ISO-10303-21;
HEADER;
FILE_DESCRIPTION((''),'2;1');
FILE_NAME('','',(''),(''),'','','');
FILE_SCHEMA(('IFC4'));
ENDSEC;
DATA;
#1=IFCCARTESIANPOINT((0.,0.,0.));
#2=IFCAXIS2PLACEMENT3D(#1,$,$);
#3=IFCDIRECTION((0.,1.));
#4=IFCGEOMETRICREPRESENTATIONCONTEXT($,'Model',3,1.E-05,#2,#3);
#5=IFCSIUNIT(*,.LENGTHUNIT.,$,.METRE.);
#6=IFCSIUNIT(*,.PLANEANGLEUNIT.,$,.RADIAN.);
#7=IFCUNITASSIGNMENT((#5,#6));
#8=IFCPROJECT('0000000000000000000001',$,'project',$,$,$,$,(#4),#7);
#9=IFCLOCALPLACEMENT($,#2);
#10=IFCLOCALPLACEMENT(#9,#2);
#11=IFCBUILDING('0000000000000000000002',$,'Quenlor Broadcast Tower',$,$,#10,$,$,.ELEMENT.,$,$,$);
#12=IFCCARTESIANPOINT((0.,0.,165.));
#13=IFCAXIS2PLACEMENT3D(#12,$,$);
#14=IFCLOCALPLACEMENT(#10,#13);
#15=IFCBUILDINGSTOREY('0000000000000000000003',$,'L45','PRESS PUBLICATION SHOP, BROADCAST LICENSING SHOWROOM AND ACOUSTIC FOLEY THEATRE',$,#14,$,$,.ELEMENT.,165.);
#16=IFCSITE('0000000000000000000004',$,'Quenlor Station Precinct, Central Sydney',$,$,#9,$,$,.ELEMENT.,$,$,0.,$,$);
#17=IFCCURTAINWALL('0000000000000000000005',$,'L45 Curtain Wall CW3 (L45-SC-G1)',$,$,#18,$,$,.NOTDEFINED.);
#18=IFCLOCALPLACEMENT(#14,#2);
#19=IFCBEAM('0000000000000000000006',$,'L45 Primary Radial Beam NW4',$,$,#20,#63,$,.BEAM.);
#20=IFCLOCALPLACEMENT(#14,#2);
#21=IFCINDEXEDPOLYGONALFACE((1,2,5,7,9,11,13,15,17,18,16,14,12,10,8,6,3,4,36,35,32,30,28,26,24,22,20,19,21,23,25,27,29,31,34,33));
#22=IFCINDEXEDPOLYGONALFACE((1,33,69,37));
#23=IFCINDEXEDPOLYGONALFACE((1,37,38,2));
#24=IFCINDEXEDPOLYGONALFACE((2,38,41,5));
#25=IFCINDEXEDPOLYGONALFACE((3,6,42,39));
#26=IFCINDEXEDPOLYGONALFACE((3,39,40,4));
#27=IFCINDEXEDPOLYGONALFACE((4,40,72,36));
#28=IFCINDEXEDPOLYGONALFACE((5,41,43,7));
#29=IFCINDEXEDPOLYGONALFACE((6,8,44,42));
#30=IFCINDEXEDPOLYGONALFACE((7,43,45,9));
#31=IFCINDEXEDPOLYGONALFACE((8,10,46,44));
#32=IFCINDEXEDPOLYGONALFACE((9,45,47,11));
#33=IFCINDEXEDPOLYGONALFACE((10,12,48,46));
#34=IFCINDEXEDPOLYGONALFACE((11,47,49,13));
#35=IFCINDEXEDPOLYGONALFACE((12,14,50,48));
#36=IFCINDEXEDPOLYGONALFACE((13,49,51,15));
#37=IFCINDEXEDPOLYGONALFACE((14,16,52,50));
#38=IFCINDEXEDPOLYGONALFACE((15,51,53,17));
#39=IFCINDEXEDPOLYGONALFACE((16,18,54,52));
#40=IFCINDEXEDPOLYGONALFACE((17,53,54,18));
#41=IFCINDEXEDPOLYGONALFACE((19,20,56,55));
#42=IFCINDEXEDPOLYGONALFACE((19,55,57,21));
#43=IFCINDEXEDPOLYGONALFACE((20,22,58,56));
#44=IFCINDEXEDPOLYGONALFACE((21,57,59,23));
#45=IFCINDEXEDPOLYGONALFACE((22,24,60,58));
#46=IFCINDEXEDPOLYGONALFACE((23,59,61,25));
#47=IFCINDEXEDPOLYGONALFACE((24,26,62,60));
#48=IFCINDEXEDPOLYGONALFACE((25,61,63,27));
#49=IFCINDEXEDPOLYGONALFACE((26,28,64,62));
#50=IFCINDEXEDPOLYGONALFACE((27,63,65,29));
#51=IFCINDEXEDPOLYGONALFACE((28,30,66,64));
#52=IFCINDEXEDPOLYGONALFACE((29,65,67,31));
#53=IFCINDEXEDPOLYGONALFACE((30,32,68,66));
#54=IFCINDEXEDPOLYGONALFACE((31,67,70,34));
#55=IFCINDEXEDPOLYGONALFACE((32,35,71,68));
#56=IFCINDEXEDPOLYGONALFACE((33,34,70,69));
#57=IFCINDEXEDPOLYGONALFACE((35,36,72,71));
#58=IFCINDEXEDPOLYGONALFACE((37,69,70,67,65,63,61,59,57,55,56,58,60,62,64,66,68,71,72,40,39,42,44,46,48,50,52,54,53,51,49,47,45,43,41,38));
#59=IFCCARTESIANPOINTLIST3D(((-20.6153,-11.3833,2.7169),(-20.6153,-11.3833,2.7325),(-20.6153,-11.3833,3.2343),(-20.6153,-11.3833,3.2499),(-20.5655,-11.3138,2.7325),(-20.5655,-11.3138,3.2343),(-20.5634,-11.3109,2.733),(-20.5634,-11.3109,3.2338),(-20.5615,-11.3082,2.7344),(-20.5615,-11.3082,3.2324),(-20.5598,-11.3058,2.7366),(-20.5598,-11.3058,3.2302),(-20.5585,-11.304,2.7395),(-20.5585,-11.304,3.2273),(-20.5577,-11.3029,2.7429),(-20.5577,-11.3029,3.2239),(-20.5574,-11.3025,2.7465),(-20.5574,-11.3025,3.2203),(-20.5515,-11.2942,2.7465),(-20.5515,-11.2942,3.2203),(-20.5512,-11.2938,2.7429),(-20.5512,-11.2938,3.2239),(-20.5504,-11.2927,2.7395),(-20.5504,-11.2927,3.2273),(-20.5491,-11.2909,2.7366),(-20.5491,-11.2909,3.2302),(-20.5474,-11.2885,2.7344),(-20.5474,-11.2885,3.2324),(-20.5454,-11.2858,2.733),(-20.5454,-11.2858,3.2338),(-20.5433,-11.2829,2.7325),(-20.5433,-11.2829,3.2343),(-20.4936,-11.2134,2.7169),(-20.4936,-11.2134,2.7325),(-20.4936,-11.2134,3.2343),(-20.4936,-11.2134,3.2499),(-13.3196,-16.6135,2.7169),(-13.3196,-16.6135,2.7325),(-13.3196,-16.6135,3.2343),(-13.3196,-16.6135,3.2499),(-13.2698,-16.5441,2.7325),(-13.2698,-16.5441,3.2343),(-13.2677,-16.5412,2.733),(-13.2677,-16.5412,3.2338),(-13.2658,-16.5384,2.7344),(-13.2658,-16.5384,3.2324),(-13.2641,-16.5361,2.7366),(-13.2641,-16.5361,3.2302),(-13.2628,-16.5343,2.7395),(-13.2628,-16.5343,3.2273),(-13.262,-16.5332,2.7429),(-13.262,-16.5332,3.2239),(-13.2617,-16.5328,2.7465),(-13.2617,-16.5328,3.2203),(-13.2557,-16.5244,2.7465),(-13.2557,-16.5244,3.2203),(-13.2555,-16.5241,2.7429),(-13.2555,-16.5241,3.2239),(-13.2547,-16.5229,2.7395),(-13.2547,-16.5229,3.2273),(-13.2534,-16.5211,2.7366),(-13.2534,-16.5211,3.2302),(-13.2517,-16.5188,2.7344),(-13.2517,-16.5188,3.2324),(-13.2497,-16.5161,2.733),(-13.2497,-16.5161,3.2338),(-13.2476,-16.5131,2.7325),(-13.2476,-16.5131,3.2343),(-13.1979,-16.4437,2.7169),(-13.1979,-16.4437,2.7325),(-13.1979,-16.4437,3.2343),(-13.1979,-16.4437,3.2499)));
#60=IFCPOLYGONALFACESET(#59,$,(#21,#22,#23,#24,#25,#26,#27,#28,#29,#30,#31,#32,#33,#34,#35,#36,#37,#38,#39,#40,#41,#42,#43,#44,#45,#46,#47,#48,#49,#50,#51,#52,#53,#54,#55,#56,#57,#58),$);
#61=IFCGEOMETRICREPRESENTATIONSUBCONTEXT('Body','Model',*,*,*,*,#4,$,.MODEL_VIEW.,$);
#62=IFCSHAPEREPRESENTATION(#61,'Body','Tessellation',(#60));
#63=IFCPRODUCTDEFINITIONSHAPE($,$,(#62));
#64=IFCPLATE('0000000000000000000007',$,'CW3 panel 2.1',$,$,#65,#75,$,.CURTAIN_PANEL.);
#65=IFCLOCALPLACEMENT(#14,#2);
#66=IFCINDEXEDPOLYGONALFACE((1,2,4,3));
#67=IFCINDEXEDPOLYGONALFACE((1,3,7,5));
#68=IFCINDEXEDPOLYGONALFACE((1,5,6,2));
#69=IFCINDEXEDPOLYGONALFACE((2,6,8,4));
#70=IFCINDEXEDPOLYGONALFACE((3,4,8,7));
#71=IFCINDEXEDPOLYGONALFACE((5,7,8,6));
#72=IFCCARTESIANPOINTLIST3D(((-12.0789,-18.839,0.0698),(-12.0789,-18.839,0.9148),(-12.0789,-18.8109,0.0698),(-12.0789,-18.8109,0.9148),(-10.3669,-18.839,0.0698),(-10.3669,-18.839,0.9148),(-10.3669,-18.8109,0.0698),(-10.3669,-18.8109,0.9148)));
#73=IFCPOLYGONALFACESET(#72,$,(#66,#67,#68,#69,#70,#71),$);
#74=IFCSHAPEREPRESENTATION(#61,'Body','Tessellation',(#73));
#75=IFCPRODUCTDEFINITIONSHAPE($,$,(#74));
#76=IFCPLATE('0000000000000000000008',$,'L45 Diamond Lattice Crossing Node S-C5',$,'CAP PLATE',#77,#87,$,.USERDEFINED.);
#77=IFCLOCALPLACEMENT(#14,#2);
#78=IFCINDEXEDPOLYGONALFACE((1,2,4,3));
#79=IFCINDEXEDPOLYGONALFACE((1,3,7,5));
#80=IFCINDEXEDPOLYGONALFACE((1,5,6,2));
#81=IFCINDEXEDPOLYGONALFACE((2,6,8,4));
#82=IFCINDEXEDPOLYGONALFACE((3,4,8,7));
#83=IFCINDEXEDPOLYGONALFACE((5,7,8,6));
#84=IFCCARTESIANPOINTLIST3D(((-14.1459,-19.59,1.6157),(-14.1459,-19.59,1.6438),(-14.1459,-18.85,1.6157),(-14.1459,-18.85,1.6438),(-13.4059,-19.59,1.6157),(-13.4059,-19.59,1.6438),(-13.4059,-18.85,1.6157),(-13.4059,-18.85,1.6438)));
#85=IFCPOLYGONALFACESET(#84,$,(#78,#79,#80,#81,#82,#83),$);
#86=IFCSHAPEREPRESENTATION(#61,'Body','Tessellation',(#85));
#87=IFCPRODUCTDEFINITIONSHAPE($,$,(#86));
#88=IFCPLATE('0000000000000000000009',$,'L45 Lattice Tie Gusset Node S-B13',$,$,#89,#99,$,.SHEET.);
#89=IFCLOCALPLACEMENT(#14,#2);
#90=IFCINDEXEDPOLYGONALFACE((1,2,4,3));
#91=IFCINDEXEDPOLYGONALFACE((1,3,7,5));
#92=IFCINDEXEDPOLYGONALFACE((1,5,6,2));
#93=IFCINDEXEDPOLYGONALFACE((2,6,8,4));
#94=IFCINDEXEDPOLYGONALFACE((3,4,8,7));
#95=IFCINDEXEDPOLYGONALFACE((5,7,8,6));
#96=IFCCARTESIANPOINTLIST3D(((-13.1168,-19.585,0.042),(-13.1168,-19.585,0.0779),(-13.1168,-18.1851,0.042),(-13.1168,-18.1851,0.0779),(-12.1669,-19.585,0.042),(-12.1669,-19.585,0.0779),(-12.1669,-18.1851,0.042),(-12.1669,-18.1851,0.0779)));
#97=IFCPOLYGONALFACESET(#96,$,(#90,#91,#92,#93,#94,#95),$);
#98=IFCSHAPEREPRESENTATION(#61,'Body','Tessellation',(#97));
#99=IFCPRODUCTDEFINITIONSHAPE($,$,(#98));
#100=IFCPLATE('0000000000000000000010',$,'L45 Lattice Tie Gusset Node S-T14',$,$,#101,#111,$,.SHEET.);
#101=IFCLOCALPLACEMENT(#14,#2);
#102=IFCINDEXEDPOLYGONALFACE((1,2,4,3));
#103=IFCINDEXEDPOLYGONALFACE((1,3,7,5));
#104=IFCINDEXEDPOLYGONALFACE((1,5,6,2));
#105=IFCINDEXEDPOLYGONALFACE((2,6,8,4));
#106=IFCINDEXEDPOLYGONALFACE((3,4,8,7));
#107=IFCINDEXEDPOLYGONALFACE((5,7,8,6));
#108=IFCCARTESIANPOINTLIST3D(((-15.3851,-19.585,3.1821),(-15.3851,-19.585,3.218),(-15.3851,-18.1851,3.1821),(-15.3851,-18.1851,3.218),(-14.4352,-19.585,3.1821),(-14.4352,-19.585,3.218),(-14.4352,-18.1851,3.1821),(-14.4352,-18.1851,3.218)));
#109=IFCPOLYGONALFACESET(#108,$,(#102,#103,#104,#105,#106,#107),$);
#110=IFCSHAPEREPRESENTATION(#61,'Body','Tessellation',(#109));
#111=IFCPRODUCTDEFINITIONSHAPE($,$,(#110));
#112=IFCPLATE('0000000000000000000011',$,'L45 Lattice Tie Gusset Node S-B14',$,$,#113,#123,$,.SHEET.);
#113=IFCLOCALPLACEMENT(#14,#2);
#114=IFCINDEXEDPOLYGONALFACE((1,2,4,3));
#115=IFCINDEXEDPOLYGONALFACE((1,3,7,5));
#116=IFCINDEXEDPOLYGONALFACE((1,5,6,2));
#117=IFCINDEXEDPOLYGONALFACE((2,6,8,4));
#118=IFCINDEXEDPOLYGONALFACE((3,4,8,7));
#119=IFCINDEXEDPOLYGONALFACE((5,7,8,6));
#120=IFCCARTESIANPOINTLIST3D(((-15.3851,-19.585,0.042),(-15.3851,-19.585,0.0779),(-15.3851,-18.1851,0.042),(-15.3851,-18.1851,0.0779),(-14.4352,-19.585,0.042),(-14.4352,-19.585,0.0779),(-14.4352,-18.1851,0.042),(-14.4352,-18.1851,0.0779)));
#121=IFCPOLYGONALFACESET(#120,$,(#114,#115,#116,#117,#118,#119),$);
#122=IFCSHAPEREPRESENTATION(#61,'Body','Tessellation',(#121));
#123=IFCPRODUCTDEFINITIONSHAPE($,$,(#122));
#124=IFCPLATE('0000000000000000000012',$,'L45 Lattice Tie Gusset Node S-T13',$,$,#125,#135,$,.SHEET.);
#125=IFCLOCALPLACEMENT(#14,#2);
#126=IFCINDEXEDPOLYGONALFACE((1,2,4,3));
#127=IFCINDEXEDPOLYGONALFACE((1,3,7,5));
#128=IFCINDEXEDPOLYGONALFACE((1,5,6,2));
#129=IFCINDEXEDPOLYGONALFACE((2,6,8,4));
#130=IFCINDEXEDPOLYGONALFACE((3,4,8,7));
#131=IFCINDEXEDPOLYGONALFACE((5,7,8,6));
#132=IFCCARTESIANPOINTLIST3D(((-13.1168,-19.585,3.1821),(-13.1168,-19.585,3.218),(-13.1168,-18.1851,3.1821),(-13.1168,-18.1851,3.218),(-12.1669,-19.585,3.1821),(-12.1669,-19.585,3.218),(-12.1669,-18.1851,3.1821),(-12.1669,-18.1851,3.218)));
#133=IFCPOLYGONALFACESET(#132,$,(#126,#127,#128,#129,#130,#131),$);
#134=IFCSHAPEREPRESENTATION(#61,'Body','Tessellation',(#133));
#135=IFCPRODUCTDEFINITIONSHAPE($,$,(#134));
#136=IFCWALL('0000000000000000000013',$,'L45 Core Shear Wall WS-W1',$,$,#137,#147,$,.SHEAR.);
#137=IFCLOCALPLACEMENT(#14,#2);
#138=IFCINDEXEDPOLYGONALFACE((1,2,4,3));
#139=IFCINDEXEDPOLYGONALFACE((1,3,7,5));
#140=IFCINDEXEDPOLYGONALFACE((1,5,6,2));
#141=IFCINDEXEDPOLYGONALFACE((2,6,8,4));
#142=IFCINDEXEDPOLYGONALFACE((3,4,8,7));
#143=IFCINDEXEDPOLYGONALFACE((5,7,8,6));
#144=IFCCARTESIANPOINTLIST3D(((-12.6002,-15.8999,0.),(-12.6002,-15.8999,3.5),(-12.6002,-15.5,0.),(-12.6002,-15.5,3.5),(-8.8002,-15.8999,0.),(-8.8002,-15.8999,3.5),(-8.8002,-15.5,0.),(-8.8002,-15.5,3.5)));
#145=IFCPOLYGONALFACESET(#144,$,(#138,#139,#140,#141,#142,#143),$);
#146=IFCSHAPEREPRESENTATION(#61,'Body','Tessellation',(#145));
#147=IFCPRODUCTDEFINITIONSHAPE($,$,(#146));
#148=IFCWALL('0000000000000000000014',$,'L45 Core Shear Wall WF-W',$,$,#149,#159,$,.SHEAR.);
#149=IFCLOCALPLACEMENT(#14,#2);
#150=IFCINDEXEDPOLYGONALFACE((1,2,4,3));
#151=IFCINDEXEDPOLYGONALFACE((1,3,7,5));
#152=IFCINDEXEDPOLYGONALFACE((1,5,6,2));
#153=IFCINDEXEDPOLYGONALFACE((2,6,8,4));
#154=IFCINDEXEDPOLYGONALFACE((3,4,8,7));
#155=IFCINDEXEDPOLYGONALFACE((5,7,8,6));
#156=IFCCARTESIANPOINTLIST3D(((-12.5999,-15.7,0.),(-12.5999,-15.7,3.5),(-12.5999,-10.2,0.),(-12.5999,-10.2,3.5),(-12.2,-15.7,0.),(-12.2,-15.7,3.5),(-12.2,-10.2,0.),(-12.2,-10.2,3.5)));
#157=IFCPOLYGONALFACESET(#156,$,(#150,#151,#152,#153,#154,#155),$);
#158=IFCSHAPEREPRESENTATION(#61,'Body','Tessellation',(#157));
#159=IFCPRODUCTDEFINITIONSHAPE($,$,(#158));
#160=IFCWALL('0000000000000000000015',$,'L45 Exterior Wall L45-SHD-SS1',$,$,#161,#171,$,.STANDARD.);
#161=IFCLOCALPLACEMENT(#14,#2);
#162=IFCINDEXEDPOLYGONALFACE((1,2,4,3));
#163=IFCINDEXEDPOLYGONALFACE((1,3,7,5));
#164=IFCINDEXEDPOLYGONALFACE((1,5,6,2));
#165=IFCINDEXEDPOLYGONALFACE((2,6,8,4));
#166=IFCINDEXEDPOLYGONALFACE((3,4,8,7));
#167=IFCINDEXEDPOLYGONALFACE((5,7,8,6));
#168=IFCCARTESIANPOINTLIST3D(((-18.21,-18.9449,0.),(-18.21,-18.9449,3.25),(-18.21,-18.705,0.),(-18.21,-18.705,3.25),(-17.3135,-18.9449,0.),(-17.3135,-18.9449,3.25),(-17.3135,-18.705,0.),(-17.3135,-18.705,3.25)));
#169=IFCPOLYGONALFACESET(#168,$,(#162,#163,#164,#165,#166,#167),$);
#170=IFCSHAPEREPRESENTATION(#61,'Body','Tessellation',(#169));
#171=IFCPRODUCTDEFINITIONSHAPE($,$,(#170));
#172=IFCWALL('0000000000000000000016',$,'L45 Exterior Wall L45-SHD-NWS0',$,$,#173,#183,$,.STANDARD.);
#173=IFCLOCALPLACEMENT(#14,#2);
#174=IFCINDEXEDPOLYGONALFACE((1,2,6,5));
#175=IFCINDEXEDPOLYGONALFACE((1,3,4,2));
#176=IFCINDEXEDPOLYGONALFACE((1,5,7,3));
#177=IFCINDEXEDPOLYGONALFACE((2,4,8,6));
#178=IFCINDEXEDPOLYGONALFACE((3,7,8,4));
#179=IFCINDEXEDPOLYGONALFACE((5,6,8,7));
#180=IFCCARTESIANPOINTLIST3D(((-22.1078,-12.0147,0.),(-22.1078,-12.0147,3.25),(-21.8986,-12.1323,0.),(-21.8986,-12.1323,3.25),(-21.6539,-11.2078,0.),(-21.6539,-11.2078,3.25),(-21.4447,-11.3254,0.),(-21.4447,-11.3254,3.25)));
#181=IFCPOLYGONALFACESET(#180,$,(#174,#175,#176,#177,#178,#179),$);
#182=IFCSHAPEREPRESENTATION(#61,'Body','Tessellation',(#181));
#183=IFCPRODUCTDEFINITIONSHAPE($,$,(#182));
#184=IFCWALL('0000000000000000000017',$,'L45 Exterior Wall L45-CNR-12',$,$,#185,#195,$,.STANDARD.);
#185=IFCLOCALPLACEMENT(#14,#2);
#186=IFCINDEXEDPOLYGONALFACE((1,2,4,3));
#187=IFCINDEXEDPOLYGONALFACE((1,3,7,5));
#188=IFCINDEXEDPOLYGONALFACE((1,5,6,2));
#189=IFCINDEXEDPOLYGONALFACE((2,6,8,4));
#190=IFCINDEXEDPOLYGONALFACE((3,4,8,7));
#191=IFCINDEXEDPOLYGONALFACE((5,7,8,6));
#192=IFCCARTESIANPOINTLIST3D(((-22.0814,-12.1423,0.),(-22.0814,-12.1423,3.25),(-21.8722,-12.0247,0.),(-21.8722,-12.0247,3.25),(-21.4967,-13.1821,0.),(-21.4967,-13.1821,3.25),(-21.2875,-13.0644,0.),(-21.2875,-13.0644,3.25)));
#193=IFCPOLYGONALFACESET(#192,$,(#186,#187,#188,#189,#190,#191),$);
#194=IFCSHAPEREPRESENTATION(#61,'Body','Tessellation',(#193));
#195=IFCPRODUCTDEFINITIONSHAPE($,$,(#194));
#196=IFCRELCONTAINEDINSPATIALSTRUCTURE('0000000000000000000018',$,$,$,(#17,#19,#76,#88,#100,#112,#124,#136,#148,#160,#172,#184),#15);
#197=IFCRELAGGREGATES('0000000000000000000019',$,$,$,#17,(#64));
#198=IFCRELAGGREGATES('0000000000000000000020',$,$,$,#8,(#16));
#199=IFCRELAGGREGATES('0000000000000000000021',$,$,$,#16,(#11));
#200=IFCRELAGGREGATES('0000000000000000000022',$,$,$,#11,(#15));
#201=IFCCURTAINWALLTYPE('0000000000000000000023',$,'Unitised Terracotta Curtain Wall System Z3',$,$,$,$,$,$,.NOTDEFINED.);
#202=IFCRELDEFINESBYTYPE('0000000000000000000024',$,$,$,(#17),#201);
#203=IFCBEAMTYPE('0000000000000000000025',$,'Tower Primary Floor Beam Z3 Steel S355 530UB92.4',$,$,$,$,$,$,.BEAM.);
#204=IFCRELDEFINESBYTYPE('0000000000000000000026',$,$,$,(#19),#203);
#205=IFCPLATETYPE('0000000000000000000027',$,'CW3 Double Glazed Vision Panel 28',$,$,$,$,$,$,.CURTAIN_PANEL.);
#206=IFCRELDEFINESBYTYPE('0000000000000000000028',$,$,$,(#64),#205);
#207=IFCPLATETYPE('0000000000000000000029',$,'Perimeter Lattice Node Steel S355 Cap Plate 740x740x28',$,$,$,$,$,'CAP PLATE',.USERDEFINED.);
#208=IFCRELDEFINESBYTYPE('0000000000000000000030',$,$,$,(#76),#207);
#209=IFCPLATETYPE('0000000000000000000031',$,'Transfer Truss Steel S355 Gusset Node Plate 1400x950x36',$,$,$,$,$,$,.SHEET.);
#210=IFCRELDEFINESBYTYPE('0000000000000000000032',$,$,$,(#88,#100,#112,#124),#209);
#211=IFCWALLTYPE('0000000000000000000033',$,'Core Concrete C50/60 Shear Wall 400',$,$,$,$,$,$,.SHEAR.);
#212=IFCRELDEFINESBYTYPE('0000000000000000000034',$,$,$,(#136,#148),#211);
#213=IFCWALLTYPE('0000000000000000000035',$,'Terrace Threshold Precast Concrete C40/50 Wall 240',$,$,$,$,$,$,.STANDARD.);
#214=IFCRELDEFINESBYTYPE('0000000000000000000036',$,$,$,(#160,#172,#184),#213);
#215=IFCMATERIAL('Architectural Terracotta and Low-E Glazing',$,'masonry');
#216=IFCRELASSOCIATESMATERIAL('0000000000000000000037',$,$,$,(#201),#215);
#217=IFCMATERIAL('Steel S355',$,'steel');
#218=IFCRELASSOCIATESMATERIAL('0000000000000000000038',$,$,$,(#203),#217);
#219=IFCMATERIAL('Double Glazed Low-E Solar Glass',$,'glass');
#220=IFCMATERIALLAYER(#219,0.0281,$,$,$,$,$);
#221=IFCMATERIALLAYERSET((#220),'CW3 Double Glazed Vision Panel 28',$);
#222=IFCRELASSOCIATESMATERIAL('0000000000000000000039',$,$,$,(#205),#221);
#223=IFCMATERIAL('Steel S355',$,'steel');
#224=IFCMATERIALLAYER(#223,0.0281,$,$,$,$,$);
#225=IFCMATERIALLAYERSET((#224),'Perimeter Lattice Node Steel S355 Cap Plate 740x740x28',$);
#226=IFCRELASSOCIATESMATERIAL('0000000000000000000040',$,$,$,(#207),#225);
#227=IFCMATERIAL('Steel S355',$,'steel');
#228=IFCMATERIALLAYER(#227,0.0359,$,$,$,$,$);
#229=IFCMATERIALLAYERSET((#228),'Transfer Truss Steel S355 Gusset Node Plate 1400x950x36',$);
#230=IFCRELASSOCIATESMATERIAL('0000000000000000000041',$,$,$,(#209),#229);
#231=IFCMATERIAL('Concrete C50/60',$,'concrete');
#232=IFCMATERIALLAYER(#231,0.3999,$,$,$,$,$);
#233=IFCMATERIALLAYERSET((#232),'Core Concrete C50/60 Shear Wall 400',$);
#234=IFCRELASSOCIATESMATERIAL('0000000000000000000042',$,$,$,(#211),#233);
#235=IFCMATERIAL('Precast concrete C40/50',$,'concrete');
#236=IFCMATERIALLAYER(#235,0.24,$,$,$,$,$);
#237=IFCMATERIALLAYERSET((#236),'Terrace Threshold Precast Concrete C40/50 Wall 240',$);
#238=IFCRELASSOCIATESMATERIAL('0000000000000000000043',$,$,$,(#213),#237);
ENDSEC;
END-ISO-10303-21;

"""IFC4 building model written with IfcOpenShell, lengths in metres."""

from ifc_helpers import new_model, si_unit, direction, frame, frame_2d, origin, origin_2d, place, context, subcontext, project, spatial, rectangle, i_section, extrude, material, layer, layer_set, material_profile, profile_set, type_object, element, aggregate, save


model = new_model("IFC4")

# Units and contexts
model_context = context("Model", 3, precision=1e-05, world=origin(), true_north=direction((0.0, 1.0)))
body_context = subcontext(model_context, "Body", "Model", "MODEL_VIEW")
ifc_project = project(units=[si_unit("LENGTHUNIT", "METRE"), si_unit("PLANEANGLEUNIT", "RADIAN")], contexts=[model_context])

# Site, building, storey
site_placement = place(None, origin())
site = spatial("IfcSite", under=ifc_project, at=site_placement, Name="Quenlor Station Precinct, Central Sydney", CompositionType="ELEMENT", RefElevation=0.0)
building_placement = place(site_placement, origin())
building = spatial("IfcBuilding", under=site, at=building_placement, Name="Quenlor Broadcast Tower", CompositionType="ELEMENT")
storey_placement = place(building_placement, frame((0.0, 0.0, 165.0)))
storey = spatial("IfcBuildingStorey", under=building, at=storey_placement, Name="L45", Description="PRESS PUBLICATION SHOP, BROADCAST LICENSING SHOWROOM AND ACOUSTIC FOLEY THEATRE", CompositionType="ELEMENT", Elevation=165.0)

# Curtain wall
ifc_material_1 = material(Name="Architectural Terracotta and Low-E Glazing", Category="masonry")
curtain_wall_type = type_object("IfcCurtainWallType", Name="Unitised Terracotta Curtain Wall System Z3", PredefinedType="NOTDEFINED", material=ifc_material_1)
curtain_wall_placement = place(storey_placement, origin())
curtain_wall = element("IfcCurtainWall", 1, at=curtain_wall_placement, inside=storey, type_object=curtain_wall_type, Name="L45 Curtain Wall CW3 (L45-SC-G1)", PredefinedType="NOTDEFINED")

# Beam
ifc_material_2 = material(Name="Steel S355", Category="steel")
ifc_material_profile_1 = material_profile(ifc_material_2, i_section(OverallWidth=0.209, OverallDepth=0.533, WebThickness=0.0103, FlangeThickness=0.0156, FilletRadius=0.0139, at=origin_2d()))
ifc_profile_set_1 = profile_set([ifc_material_profile_1], Name="Steel S355 530UB92.4")
beam_type_1 = type_object("IfcBeamType", Name="Tower Primary Floor Beam Z3 Steel S355 530UB92.4", PredefinedType="BEAM", material=ifc_profile_set_1)
beam_1_placement = place(storey_placement, frame((-20.5544, -11.2983, 2.9834), z_axis=(0.812729, -0.582642, 0.0), x_axis=(0.582642, 0.812729, 0.0)))
element("IfcBeam", 2, at=beam_1_placement, inside=storey, type_object=beam_type_1, Name="L45 Primary Radial Beam NW4", PredefinedType="BEAM", context=body_context, shape_type="SweptSolid", body=[
    extrude(i_section(OverallWidth=0.209, OverallDepth=0.533, WebThickness=0.0103, FlangeThickness=0.0156, FilletRadius=0.0139, at=origin_2d()), origin(), (0.0, 0.0, 1.0), 8.9768),
])

# Plate
ifc_material_3 = material(Name="Double Glazed Low-E Solar Glass", Category="glass")
ifc_layer_1 = layer(ifc_material_3, 0.0281)
ifc_layer_set_1 = layer_set([ifc_layer_1], Name="CW3 Double Glazed Vision Panel 28")
plate_type_1 = type_object("IfcPlateType", Name="CW3 Double Glazed Vision Panel 28", PredefinedType="CURTAIN_PANEL", material=ifc_layer_set_1)
plate_1_placement = place(storey_placement, frame((-11.2229, -18.825, 0.0698), z_axis=(0.0, 0.0, 1.0), x_axis=(-1.0, 0.0, 0.0)))
plate_1 = element("IfcPlate", 3, at=plate_1_placement, type_object=plate_type_1, Name="CW3 panel 2.1", PredefinedType="CURTAIN_PANEL", context=body_context, shape_type="SweptSolid", body=[
    extrude(rectangle(XDim=1.7119, YDim=0.0281, at=origin_2d()), origin(), (0.0, 0.0, 1.0), 0.845),
])
aggregate(curtain_wall, [plate_1])

# Plates
ifc_material_4 = material(Name="Steel S355", Category="steel")
ifc_layer_2 = layer(ifc_material_4, 0.0281)
ifc_layer_set_2 = layer_set([ifc_layer_2], Name="Perimeter Lattice Node Steel S355 Cap Plate 740x740x28")
plate_type_2 = type_object("IfcPlateType", Name="Perimeter Lattice Node Steel S355 Cap Plate 740x740x28", ElementType="CAP PLATE", PredefinedType="USERDEFINED", material=ifc_layer_set_2)
plate_2_placement = place(storey_placement, frame((-13.7759, -19.22, 1.6157), z_axis=(0.0, 0.0, 1.0), x_axis=(-1.0, 0.0, 0.0)))
element("IfcPlate", 4, at=plate_2_placement, inside=storey, type_object=plate_type_2, Name="L45 Diamond Lattice Crossing Node S-C5", ObjectType="CAP PLATE", PredefinedType="USERDEFINED", context=body_context, shape_type="SweptSolid", body=[
    extrude(rectangle(XDim=0.74, YDim=0.74, at=origin_2d()), origin(), (0.0, 0.0, 1.0), 0.0281),
])
ifc_material_5 = material(Name="Steel S355", Category="steel")
ifc_layer_3 = layer(ifc_material_5, 0.0359)
ifc_layer_set_3 = layer_set([ifc_layer_3], Name="Transfer Truss Steel S355 Gusset Node Plate 1400x950x36")
plate_type_3 = type_object("IfcPlateType", Name="Transfer Truss Steel S355 Gusset Node Plate 1400x950x36", PredefinedType="SHEET", material=ifc_layer_set_3)
for number, where, z_axis, x_axis, name in (
    (5, (-12.6418, -18.885, 0.042), (0.0, 0.0, 1.0), (0.0, -1.0, 0.0), "L45 Lattice Tie Gusset Node S-B13"),
    (6, (-14.9102, -18.885, 3.1821), (0.0, 0.0, 1.0), (0.0, -1.0, 0.0), "L45 Lattice Tie Gusset Node S-T14"),
    (7, (-14.9102, -18.885, 0.042), (0.0, 0.0, 1.0), (0.0, -1.0, 0.0), "L45 Lattice Tie Gusset Node S-B14"),
    (8, (-12.6418, -18.885, 3.1821), (0.0, 0.0, 1.0), (0.0, -1.0, 0.0), "L45 Lattice Tie Gusset Node S-T13"),
):
    element("IfcPlate", number, at=place(storey_placement, frame(where, z_axis=z_axis, x_axis=x_axis)), inside=storey, type_object=plate_type_3, Name=name, PredefinedType="SHEET", context=body_context, shape_type="SweptSolid", body=[
        extrude(rectangle(XDim=1.3999, YDim=0.95, at=origin_2d()), origin(), (0.0, 0.0, 1.0), 0.0359),
    ])

# Walls
ifc_material_6 = material(Name="Concrete C50/60", Category="concrete")
ifc_layer_4 = layer(ifc_material_6, 0.3999)
ifc_layer_set_4 = layer_set([ifc_layer_4], Name="Core Concrete C50/60 Shear Wall 400")
wall_type_1 = type_object("IfcWallType", Name="Core Concrete C50/60 Shear Wall 400", PredefinedType="SHEAR", material=ifc_layer_set_4)
wall_1_placement = place(storey_placement, frame((-12.6001, -15.7, 0.0), z_axis=(0.0, 0.0, 1.0), x_axis=(1.0, 0.0, 0.0)))
element("IfcWall", 9, at=wall_1_placement, inside=storey, type_object=wall_type_1, Name="L45 Core Shear Wall WS-W1", PredefinedType="SHEAR", context=body_context, shape_type="SweptSolid", body=[
    extrude(rectangle(XDim=3.8, YDim=0.3999, at=frame_2d((1.8999, 0.0))), origin(), (0.0, 0.0, 1.0), 3.5),
])
wall_2_placement = place(storey_placement, frame((-12.3999, -15.7, 0.0), z_axis=(0.0, 0.0, 1.0), x_axis=(0.0, 1.0, 0.0)))
element("IfcWall", 10, at=wall_2_placement, inside=storey, type_object=wall_type_1, Name="L45 Core Shear Wall WF-W", PredefinedType="SHEAR", context=body_context, shape_type="SweptSolid", body=[
    extrude(rectangle(XDim=5.5, YDim=0.3999, at=frame_2d((2.75, 0.0))), origin(), (0.0, 0.0, 1.0), 3.5),
])
ifc_material_7 = material(Name="Precast concrete C40/50", Category="concrete")
ifc_layer_5 = layer(ifc_material_7, 0.24)
ifc_layer_set_5 = layer_set([ifc_layer_5], Name="Terrace Threshold Precast Concrete C40/50 Wall 240")
wall_type_2 = type_object("IfcWallType", Name="Terrace Threshold Precast Concrete C40/50 Wall 240", PredefinedType="STANDARD", material=ifc_layer_set_5)
wall_3_placement = place(storey_placement, frame((-17.3135, -18.825, 0.0), z_axis=(0.0, 0.0, 1.0), x_axis=(-1.0, 0.0, 0.0)))
element("IfcWall", 11, at=wall_3_placement, inside=storey, type_object=wall_type_2, Name="L45 Exterior Wall L45-SHD-SS1", PredefinedType="STANDARD", context=body_context, shape_type="SweptSolid", body=[
    extrude(rectangle(XDim=0.8965, YDim=0.24, at=frame_2d((0.4482, 0.0))), origin(), (0.0, 0.0, 1.0), 3.25),
])
wall_4_placement = place(storey_placement, frame((-22.0032, -12.0735, 0.0), z_axis=(0.0, 0.0, 1.0), x_axis=(0.490249, 0.871583, 0.0)))
element("IfcWall", 12, at=wall_4_placement, inside=storey, type_object=wall_type_2, Name="L45 Exterior Wall L45-SHD-NWS0", PredefinedType="STANDARD", context=body_context, shape_type="SweptSolid", body=[
    extrude(rectangle(XDim=0.9258, YDim=0.24, at=frame_2d((0.4629, 0.0))), origin(), (0.0, 0.0, 1.0), 3.25),
])
wall_5_placement = place(storey_placement, frame((-21.9768, -12.0835, 0.0), z_axis=(0.0, 0.0, 1.0), x_axis=(0.490154, -0.871636, 0.0)))
element("IfcWall", 13, at=wall_5_placement, inside=storey, type_object=wall_type_2, Name="L45 Exterior Wall L45-CNR-12", PredefinedType="STANDARD", context=body_context, shape_type="SweptSolid", body=[
    extrude(rectangle(XDim=1.1929, YDim=0.24, at=frame_2d((0.5964, 0.0))), origin(), (0.0, 0.0, 1.0), 3.25),
])

save(model, "model.ifc")
